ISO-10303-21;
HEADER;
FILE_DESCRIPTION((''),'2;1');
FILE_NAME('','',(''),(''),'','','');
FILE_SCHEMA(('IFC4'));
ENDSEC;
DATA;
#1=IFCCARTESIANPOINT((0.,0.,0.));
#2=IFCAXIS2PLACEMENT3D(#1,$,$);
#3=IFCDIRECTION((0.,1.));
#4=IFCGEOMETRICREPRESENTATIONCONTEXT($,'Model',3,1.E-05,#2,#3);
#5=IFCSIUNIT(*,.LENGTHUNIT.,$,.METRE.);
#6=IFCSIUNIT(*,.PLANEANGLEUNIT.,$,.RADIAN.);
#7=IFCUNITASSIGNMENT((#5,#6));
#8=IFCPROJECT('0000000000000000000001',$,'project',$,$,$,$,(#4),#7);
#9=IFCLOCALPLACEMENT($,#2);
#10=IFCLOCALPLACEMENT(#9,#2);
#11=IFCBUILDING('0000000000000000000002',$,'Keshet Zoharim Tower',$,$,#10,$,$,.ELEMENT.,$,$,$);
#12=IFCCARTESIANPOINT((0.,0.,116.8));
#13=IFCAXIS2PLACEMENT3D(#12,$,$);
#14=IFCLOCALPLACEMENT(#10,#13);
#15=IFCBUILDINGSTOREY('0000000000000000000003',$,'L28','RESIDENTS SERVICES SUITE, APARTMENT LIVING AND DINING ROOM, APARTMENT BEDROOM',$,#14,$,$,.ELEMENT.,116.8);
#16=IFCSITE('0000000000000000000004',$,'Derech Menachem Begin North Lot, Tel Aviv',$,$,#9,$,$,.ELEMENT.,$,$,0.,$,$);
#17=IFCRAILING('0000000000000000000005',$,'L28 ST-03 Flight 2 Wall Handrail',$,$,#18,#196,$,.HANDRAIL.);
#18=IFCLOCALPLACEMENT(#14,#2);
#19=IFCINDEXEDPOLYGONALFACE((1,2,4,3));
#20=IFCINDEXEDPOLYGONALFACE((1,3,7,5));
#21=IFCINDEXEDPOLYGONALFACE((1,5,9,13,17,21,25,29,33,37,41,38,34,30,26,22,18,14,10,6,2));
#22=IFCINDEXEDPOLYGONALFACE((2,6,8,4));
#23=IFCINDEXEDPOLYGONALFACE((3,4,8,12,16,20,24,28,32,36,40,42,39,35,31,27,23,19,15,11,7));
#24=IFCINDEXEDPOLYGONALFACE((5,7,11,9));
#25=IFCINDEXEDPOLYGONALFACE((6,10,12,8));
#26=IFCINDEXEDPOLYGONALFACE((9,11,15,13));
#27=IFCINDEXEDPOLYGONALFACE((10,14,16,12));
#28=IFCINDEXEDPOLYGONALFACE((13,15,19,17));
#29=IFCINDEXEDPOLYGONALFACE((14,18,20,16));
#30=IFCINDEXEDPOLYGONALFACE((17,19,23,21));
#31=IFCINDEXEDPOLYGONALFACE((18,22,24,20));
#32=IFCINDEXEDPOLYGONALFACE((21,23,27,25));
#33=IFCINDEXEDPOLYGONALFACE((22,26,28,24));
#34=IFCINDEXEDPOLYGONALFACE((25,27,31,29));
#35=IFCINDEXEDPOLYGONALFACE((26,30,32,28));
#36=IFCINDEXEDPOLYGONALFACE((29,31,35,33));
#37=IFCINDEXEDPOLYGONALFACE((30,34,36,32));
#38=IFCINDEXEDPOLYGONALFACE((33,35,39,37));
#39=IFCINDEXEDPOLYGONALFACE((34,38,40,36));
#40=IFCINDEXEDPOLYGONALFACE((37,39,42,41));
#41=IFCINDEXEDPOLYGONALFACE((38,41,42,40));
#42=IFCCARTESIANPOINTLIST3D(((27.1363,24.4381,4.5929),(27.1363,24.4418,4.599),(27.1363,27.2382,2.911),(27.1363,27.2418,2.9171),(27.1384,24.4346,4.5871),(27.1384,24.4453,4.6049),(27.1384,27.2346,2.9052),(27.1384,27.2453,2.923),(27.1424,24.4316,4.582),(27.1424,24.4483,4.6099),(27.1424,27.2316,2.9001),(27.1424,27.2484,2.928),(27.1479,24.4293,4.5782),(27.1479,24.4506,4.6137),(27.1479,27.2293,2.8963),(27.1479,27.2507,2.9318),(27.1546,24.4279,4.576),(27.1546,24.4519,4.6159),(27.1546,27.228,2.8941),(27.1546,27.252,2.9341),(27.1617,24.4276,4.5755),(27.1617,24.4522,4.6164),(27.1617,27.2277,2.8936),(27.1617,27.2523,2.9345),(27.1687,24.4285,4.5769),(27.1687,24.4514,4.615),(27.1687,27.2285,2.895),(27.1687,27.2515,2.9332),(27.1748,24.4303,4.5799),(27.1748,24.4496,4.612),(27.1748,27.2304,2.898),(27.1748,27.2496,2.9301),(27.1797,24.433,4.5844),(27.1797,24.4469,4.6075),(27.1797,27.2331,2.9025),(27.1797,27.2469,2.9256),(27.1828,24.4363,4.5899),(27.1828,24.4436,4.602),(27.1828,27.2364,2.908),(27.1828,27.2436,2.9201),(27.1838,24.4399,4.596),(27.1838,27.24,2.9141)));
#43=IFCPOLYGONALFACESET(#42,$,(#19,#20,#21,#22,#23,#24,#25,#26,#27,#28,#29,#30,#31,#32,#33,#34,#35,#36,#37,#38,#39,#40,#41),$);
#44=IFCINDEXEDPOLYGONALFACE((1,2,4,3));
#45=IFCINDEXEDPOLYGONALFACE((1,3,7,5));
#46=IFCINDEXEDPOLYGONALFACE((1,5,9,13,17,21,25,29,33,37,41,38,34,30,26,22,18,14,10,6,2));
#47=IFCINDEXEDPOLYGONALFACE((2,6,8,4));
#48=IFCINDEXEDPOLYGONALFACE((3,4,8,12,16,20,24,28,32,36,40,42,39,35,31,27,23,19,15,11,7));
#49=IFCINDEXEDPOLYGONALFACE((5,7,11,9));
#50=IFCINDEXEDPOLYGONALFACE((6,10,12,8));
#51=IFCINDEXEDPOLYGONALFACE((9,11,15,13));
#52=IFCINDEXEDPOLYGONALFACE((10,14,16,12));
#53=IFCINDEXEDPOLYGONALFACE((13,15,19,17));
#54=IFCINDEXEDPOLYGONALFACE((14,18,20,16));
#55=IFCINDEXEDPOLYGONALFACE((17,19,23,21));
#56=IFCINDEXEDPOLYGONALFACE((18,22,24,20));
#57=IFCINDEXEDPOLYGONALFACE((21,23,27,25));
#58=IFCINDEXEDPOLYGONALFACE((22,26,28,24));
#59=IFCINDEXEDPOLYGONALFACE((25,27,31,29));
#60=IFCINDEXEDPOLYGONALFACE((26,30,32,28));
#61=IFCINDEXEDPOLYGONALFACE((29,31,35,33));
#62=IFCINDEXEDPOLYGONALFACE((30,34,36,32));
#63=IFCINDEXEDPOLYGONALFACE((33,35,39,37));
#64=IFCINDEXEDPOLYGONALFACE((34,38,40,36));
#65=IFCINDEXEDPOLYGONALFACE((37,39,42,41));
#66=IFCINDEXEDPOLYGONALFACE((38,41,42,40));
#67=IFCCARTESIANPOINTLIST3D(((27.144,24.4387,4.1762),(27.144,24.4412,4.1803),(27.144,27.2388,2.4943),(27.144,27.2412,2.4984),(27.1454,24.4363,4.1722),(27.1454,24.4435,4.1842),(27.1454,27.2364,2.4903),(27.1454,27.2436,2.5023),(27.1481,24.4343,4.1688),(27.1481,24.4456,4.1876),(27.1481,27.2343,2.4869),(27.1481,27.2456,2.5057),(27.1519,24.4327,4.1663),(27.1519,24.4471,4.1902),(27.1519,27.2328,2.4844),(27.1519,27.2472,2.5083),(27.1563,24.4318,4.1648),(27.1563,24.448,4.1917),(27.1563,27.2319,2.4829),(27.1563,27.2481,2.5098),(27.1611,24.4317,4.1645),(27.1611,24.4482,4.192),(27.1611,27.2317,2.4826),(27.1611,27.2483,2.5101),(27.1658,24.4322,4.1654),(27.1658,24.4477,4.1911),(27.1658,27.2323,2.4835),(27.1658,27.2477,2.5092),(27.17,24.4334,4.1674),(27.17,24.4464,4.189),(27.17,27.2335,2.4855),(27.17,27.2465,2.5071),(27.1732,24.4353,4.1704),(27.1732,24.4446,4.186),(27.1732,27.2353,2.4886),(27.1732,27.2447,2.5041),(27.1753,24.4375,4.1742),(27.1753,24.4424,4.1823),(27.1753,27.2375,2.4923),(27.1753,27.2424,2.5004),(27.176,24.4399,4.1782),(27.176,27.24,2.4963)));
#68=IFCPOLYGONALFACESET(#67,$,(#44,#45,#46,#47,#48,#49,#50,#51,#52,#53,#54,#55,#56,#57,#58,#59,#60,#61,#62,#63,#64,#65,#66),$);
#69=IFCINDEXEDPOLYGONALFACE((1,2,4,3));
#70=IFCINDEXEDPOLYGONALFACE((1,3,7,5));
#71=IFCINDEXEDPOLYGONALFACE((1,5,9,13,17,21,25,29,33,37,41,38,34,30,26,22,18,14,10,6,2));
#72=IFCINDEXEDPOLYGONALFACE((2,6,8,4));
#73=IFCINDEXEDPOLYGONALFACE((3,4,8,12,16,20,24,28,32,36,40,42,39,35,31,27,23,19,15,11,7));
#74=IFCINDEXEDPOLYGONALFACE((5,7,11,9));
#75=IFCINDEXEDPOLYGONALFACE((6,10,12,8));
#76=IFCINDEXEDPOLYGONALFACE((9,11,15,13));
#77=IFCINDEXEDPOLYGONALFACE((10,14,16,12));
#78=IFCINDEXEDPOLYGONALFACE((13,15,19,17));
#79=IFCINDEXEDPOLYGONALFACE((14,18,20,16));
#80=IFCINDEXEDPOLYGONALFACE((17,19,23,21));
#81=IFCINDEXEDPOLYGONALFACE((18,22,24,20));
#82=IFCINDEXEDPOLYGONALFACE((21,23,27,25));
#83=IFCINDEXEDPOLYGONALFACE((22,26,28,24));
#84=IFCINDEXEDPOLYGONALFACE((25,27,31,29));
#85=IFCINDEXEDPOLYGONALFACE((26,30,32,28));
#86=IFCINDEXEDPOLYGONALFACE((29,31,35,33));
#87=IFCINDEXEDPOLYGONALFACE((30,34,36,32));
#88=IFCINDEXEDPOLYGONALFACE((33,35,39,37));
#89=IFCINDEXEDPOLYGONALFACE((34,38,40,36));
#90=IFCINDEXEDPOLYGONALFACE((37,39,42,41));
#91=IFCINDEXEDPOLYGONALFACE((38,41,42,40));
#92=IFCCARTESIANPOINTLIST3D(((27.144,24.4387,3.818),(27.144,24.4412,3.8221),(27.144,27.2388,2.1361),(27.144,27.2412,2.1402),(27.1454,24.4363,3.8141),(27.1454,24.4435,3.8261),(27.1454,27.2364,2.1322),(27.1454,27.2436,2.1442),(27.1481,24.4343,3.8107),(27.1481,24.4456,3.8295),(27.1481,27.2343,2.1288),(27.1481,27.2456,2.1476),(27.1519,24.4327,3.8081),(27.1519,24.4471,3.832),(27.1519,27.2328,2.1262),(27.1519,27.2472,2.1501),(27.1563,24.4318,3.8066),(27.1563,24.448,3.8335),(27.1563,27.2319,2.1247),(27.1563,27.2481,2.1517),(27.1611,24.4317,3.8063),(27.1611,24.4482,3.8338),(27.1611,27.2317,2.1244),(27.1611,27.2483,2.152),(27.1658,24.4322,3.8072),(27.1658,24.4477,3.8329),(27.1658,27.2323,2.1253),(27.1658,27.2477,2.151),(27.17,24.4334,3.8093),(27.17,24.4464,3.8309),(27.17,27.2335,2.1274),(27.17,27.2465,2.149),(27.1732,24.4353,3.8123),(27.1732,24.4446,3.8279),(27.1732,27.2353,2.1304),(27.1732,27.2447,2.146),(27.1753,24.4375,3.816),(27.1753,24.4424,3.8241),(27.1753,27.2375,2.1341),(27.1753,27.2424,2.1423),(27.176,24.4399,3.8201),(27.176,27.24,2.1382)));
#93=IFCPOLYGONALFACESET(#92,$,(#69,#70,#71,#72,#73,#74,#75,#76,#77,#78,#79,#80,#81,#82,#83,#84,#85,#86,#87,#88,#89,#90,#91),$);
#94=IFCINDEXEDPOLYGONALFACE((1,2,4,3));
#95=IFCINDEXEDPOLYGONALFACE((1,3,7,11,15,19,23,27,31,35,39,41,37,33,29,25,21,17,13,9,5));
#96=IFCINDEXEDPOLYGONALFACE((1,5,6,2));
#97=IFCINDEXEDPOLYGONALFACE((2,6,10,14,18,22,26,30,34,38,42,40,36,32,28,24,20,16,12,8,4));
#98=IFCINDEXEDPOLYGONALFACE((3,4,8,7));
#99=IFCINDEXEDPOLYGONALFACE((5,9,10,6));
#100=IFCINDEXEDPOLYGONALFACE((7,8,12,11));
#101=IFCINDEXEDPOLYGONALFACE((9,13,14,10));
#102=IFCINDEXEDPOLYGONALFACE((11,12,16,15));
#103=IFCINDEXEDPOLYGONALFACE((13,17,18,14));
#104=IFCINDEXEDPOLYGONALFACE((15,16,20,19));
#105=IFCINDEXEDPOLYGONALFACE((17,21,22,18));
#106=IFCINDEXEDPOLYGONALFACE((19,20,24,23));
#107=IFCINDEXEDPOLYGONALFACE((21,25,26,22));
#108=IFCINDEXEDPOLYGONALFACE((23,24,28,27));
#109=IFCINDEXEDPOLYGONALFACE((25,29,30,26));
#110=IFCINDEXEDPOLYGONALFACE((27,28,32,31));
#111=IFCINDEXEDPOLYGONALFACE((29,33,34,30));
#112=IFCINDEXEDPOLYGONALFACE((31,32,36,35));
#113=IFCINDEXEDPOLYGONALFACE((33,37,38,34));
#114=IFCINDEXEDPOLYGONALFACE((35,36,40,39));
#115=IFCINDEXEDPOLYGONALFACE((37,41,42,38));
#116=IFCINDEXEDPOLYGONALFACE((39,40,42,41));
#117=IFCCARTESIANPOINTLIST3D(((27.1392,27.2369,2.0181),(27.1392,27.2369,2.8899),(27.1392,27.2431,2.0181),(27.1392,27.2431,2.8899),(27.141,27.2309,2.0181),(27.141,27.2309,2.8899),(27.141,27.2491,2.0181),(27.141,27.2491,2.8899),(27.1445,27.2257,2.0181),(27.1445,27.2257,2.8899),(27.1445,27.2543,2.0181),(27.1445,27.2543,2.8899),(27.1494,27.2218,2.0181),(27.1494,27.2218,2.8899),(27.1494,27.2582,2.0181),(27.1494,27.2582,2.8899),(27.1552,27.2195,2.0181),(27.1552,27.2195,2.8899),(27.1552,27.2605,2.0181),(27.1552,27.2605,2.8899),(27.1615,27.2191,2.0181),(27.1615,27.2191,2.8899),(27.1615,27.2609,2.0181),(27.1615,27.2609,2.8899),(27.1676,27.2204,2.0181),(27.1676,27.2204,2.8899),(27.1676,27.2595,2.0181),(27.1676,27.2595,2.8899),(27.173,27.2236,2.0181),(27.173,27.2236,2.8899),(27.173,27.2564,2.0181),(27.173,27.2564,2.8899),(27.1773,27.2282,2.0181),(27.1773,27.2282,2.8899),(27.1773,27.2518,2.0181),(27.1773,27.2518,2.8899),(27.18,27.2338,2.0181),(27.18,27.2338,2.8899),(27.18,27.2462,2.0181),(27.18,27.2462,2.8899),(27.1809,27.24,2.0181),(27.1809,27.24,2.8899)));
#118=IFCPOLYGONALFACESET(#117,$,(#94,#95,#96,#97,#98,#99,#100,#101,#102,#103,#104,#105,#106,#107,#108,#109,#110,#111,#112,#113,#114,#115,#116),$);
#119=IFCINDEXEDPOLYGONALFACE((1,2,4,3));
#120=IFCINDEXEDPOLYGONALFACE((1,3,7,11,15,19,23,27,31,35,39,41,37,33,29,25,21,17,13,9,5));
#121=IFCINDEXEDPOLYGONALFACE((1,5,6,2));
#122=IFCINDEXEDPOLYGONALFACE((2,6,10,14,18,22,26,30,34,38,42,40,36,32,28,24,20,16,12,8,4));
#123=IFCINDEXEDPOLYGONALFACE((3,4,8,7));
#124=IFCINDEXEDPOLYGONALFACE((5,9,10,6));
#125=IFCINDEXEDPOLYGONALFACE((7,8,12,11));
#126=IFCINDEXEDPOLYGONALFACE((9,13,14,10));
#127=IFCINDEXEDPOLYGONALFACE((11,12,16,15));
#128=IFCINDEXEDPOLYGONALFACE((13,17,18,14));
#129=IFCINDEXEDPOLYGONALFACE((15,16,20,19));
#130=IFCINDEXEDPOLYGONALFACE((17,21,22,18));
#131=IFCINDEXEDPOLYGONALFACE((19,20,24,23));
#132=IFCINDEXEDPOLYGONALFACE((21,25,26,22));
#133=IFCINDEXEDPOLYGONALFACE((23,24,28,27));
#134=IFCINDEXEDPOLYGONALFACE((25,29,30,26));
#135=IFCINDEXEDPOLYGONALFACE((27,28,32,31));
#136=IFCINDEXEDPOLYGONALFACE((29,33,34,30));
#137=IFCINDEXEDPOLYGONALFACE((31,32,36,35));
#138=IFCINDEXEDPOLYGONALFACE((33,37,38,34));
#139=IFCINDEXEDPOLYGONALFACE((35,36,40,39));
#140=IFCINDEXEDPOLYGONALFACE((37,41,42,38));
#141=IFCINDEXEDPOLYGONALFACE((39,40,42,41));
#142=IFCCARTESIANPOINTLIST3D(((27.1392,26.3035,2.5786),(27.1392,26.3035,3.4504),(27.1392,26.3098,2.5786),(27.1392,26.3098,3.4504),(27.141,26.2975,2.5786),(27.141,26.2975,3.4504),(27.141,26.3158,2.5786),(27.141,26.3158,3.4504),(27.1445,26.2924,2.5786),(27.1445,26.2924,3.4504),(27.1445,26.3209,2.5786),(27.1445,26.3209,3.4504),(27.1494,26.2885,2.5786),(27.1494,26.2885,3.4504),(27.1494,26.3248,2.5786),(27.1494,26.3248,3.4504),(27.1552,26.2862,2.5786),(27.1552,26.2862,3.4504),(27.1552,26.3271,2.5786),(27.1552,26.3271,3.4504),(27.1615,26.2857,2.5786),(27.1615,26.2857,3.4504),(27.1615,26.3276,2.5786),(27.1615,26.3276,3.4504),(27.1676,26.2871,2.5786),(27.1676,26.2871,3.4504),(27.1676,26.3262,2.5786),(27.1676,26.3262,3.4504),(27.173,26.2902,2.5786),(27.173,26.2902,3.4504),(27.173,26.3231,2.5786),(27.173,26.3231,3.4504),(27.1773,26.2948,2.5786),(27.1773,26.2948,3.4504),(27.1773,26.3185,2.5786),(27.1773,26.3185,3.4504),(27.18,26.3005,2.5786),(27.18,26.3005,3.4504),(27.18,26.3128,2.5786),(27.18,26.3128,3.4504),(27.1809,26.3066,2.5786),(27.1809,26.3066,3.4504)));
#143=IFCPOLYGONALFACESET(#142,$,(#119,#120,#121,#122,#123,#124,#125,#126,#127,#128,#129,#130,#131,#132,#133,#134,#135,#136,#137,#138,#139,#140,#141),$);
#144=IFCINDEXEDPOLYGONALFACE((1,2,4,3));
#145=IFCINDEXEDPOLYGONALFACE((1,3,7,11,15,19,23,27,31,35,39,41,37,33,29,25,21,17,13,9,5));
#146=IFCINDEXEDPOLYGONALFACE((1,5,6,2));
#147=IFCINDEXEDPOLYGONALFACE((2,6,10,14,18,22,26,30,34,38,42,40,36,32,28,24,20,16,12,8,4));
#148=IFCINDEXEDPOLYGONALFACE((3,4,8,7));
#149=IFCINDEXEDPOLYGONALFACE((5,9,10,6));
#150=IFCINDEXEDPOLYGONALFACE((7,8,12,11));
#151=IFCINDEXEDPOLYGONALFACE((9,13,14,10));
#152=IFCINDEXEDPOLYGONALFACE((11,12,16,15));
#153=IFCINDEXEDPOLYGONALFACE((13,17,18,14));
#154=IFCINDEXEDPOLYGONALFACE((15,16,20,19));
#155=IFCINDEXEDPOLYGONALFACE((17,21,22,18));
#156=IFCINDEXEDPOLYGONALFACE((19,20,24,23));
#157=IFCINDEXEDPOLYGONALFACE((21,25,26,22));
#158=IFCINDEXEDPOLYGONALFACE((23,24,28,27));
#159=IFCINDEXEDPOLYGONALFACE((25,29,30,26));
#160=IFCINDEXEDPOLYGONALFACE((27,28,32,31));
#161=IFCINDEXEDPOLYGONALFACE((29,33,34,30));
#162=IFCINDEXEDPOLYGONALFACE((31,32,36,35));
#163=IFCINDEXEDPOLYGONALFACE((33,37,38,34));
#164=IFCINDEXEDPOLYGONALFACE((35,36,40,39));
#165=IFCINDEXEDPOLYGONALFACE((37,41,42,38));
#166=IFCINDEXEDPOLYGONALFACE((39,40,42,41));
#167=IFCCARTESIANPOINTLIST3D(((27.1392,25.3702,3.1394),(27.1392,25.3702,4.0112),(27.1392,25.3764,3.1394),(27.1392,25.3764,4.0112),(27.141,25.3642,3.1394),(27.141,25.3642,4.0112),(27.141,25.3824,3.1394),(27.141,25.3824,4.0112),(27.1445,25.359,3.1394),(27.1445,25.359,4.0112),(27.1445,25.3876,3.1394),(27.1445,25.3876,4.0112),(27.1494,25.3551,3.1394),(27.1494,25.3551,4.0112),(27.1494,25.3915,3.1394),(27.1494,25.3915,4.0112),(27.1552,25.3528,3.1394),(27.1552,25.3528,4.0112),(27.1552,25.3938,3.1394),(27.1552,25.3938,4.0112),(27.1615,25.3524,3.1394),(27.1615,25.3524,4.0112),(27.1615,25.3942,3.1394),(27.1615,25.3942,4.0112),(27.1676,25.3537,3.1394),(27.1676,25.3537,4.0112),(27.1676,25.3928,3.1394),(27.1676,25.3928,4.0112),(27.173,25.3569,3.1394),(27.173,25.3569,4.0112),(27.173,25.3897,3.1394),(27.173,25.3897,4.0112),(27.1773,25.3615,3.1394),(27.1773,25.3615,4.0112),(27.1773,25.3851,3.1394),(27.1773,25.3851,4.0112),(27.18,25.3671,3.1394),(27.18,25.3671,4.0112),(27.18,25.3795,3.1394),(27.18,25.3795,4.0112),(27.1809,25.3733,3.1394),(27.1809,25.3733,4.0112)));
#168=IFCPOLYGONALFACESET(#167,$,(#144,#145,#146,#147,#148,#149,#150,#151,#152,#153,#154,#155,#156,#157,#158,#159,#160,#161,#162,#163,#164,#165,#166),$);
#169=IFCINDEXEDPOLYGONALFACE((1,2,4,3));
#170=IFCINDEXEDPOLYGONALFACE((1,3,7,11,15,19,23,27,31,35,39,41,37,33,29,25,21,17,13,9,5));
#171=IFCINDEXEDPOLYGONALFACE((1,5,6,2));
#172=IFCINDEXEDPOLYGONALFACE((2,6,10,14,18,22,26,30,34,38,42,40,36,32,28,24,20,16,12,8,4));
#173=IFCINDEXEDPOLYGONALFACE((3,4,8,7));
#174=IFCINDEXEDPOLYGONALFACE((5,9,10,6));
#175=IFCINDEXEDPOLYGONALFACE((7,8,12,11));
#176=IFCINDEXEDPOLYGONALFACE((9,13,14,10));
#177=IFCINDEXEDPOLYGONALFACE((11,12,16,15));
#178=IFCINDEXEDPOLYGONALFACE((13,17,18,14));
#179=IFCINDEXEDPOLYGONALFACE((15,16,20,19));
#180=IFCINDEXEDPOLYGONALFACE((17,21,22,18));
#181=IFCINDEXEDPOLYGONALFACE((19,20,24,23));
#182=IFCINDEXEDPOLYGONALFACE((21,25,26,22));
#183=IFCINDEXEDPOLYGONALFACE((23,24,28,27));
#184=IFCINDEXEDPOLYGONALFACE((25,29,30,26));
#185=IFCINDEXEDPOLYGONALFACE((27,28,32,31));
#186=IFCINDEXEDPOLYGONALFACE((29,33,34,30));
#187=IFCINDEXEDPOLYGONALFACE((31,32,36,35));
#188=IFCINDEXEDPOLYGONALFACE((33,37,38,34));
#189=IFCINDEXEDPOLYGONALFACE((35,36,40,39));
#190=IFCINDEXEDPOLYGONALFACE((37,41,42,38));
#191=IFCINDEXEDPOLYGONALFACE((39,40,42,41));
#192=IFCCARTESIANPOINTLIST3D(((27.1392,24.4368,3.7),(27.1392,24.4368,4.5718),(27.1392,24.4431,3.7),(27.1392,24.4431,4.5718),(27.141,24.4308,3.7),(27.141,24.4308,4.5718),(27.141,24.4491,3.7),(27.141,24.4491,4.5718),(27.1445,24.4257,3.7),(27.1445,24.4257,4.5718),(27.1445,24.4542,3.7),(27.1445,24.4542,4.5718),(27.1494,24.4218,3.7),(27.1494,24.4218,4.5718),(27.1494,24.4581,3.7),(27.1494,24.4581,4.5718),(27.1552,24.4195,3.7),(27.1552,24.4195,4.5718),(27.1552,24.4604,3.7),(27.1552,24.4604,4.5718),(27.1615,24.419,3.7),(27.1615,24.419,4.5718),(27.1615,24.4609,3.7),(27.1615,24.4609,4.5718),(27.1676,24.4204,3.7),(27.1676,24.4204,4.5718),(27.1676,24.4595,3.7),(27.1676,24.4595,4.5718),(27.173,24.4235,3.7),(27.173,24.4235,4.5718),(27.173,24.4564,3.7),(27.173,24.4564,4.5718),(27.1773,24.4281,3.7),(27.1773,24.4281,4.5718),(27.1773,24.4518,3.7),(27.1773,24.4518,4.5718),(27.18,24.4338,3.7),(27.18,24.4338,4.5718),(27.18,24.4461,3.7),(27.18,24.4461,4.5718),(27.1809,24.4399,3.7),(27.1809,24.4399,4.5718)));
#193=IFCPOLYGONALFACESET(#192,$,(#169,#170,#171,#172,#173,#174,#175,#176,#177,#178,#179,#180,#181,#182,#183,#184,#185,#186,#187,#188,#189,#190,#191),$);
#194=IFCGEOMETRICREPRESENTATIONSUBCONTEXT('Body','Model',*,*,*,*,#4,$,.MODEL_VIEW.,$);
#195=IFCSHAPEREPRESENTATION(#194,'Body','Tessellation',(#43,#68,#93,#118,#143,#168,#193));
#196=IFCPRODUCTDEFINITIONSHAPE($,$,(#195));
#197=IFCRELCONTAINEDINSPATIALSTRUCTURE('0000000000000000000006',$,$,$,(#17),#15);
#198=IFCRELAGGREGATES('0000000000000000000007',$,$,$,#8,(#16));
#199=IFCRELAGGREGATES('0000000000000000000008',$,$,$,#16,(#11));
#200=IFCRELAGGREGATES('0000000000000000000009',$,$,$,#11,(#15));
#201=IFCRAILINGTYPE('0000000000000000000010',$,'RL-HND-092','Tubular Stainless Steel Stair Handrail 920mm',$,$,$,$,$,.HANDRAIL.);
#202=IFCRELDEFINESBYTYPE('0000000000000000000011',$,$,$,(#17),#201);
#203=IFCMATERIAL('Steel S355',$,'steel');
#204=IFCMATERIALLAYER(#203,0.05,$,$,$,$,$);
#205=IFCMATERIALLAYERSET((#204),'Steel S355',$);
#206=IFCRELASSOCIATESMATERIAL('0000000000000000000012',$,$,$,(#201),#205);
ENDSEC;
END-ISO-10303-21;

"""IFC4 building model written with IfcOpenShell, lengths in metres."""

from ifc_helpers import new_model, si_unit, direction, frame, origin, origin_2d, place, context, subcontext, project, spatial, circle, extrude, material, layer, layer_set, type_object, element, save


model = new_model("IFC4")

# Units and contexts
model_context = context("Model", 3, precision=1e-05, world=origin(), true_north=direction((0.0, 1.0)))
body_context = subcontext(model_context, "Body", "Model", "MODEL_VIEW")
ifc_project = project(units=[si_unit("LENGTHUNIT", "METRE"), si_unit("PLANEANGLEUNIT", "RADIAN")], contexts=[model_context])

# Site, building, storey
site_placement = place(None, origin())
site = spatial("IfcSite", under=ifc_project, at=site_placement, Name="Derech Menachem Begin North Lot, Tel Aviv", CompositionType="ELEMENT", RefElevation=0.0)
building_placement = place(site_placement, origin())
building = spatial("IfcBuilding", under=site, at=building_placement, Name="Keshet Zoharim Tower", CompositionType="ELEMENT")
storey_placement = place(building_placement, frame((0.0, 0.0, 116.8)))
storey = spatial("IfcBuildingStorey", under=building, at=storey_placement, Name="L28", Description="RESIDENTS SERVICES SUITE, APARTMENT LIVING AND DINING ROOM, APARTMENT BEDROOM", CompositionType="ELEMENT", Elevation=116.8)

# Railing
ifc_material_1 = material(Name="Steel S355", Category="steel")
ifc_layer_1 = layer(ifc_material_1, 0.05)
ifc_layer_set_1 = layer_set([ifc_layer_1], Name="Steel S355")
railing_type = type_object("IfcRailingType", Name="RL-HND-092", Description="Tubular Stainless Steel Stair Handrail 920mm", PredefinedType="HANDRAIL", material=ifc_layer_set_1)
railing_placement = place(storey_placement, frame((27.1599, 27.24, 2.0181)))
element("IfcRailing", 1, at=railing_placement, inside=storey, type_object=railing_type, Name="L28 ST-03 Flight 2 Wall Handrail", PredefinedType="HANDRAIL", context=body_context, shape_type="SweptSolid", body=[
    extrude(circle(Radius=0.0239, at=origin_2d()), frame((0.0, 0.0, 0.896), z_axis=(0.0, -0.857242, 0.514913), x_axis=(1.0, 0.0, 0.0)), (0.0, 0.0, 1.0), 3.2664),
    extrude(circle(Radius=0.0161, at=origin_2d()), frame((0.0, 0.0, 0.4783), z_axis=(0.0, -0.857242, 0.514913), x_axis=(1.0, 0.0, 0.0)), (0.0, 0.0, 1.0), 3.2664),
    extrude(circle(Radius=0.0161, at=origin_2d()), frame((0.0, 0.0, 0.1201), z_axis=(0.0, -0.857242, 0.514913), x_axis=(1.0, 0.0, 0.0)), (0.0, 0.0, 1.0), 3.2664),
    extrude(circle(Radius=0.021, at=origin_2d()), origin(), (0.0, 0.0, 1.0), 0.8718),
    extrude(circle(Radius=0.021, at=origin_2d()), frame((0.0, -0.9333, 0.5605)), (0.0, 0.0, 1.0), 0.8718),
    extrude(circle(Radius=0.021, at=origin_2d()), frame((0.0, -1.8667, 1.1213)), (0.0, 0.0, 1.0), 0.8718),
    extrude(circle(Radius=0.021, at=origin_2d()), frame((0.0, -2.8, 1.6819)), (0.0, 0.0, 1.0), 0.8718),
])

save(model, "model.ifc")
